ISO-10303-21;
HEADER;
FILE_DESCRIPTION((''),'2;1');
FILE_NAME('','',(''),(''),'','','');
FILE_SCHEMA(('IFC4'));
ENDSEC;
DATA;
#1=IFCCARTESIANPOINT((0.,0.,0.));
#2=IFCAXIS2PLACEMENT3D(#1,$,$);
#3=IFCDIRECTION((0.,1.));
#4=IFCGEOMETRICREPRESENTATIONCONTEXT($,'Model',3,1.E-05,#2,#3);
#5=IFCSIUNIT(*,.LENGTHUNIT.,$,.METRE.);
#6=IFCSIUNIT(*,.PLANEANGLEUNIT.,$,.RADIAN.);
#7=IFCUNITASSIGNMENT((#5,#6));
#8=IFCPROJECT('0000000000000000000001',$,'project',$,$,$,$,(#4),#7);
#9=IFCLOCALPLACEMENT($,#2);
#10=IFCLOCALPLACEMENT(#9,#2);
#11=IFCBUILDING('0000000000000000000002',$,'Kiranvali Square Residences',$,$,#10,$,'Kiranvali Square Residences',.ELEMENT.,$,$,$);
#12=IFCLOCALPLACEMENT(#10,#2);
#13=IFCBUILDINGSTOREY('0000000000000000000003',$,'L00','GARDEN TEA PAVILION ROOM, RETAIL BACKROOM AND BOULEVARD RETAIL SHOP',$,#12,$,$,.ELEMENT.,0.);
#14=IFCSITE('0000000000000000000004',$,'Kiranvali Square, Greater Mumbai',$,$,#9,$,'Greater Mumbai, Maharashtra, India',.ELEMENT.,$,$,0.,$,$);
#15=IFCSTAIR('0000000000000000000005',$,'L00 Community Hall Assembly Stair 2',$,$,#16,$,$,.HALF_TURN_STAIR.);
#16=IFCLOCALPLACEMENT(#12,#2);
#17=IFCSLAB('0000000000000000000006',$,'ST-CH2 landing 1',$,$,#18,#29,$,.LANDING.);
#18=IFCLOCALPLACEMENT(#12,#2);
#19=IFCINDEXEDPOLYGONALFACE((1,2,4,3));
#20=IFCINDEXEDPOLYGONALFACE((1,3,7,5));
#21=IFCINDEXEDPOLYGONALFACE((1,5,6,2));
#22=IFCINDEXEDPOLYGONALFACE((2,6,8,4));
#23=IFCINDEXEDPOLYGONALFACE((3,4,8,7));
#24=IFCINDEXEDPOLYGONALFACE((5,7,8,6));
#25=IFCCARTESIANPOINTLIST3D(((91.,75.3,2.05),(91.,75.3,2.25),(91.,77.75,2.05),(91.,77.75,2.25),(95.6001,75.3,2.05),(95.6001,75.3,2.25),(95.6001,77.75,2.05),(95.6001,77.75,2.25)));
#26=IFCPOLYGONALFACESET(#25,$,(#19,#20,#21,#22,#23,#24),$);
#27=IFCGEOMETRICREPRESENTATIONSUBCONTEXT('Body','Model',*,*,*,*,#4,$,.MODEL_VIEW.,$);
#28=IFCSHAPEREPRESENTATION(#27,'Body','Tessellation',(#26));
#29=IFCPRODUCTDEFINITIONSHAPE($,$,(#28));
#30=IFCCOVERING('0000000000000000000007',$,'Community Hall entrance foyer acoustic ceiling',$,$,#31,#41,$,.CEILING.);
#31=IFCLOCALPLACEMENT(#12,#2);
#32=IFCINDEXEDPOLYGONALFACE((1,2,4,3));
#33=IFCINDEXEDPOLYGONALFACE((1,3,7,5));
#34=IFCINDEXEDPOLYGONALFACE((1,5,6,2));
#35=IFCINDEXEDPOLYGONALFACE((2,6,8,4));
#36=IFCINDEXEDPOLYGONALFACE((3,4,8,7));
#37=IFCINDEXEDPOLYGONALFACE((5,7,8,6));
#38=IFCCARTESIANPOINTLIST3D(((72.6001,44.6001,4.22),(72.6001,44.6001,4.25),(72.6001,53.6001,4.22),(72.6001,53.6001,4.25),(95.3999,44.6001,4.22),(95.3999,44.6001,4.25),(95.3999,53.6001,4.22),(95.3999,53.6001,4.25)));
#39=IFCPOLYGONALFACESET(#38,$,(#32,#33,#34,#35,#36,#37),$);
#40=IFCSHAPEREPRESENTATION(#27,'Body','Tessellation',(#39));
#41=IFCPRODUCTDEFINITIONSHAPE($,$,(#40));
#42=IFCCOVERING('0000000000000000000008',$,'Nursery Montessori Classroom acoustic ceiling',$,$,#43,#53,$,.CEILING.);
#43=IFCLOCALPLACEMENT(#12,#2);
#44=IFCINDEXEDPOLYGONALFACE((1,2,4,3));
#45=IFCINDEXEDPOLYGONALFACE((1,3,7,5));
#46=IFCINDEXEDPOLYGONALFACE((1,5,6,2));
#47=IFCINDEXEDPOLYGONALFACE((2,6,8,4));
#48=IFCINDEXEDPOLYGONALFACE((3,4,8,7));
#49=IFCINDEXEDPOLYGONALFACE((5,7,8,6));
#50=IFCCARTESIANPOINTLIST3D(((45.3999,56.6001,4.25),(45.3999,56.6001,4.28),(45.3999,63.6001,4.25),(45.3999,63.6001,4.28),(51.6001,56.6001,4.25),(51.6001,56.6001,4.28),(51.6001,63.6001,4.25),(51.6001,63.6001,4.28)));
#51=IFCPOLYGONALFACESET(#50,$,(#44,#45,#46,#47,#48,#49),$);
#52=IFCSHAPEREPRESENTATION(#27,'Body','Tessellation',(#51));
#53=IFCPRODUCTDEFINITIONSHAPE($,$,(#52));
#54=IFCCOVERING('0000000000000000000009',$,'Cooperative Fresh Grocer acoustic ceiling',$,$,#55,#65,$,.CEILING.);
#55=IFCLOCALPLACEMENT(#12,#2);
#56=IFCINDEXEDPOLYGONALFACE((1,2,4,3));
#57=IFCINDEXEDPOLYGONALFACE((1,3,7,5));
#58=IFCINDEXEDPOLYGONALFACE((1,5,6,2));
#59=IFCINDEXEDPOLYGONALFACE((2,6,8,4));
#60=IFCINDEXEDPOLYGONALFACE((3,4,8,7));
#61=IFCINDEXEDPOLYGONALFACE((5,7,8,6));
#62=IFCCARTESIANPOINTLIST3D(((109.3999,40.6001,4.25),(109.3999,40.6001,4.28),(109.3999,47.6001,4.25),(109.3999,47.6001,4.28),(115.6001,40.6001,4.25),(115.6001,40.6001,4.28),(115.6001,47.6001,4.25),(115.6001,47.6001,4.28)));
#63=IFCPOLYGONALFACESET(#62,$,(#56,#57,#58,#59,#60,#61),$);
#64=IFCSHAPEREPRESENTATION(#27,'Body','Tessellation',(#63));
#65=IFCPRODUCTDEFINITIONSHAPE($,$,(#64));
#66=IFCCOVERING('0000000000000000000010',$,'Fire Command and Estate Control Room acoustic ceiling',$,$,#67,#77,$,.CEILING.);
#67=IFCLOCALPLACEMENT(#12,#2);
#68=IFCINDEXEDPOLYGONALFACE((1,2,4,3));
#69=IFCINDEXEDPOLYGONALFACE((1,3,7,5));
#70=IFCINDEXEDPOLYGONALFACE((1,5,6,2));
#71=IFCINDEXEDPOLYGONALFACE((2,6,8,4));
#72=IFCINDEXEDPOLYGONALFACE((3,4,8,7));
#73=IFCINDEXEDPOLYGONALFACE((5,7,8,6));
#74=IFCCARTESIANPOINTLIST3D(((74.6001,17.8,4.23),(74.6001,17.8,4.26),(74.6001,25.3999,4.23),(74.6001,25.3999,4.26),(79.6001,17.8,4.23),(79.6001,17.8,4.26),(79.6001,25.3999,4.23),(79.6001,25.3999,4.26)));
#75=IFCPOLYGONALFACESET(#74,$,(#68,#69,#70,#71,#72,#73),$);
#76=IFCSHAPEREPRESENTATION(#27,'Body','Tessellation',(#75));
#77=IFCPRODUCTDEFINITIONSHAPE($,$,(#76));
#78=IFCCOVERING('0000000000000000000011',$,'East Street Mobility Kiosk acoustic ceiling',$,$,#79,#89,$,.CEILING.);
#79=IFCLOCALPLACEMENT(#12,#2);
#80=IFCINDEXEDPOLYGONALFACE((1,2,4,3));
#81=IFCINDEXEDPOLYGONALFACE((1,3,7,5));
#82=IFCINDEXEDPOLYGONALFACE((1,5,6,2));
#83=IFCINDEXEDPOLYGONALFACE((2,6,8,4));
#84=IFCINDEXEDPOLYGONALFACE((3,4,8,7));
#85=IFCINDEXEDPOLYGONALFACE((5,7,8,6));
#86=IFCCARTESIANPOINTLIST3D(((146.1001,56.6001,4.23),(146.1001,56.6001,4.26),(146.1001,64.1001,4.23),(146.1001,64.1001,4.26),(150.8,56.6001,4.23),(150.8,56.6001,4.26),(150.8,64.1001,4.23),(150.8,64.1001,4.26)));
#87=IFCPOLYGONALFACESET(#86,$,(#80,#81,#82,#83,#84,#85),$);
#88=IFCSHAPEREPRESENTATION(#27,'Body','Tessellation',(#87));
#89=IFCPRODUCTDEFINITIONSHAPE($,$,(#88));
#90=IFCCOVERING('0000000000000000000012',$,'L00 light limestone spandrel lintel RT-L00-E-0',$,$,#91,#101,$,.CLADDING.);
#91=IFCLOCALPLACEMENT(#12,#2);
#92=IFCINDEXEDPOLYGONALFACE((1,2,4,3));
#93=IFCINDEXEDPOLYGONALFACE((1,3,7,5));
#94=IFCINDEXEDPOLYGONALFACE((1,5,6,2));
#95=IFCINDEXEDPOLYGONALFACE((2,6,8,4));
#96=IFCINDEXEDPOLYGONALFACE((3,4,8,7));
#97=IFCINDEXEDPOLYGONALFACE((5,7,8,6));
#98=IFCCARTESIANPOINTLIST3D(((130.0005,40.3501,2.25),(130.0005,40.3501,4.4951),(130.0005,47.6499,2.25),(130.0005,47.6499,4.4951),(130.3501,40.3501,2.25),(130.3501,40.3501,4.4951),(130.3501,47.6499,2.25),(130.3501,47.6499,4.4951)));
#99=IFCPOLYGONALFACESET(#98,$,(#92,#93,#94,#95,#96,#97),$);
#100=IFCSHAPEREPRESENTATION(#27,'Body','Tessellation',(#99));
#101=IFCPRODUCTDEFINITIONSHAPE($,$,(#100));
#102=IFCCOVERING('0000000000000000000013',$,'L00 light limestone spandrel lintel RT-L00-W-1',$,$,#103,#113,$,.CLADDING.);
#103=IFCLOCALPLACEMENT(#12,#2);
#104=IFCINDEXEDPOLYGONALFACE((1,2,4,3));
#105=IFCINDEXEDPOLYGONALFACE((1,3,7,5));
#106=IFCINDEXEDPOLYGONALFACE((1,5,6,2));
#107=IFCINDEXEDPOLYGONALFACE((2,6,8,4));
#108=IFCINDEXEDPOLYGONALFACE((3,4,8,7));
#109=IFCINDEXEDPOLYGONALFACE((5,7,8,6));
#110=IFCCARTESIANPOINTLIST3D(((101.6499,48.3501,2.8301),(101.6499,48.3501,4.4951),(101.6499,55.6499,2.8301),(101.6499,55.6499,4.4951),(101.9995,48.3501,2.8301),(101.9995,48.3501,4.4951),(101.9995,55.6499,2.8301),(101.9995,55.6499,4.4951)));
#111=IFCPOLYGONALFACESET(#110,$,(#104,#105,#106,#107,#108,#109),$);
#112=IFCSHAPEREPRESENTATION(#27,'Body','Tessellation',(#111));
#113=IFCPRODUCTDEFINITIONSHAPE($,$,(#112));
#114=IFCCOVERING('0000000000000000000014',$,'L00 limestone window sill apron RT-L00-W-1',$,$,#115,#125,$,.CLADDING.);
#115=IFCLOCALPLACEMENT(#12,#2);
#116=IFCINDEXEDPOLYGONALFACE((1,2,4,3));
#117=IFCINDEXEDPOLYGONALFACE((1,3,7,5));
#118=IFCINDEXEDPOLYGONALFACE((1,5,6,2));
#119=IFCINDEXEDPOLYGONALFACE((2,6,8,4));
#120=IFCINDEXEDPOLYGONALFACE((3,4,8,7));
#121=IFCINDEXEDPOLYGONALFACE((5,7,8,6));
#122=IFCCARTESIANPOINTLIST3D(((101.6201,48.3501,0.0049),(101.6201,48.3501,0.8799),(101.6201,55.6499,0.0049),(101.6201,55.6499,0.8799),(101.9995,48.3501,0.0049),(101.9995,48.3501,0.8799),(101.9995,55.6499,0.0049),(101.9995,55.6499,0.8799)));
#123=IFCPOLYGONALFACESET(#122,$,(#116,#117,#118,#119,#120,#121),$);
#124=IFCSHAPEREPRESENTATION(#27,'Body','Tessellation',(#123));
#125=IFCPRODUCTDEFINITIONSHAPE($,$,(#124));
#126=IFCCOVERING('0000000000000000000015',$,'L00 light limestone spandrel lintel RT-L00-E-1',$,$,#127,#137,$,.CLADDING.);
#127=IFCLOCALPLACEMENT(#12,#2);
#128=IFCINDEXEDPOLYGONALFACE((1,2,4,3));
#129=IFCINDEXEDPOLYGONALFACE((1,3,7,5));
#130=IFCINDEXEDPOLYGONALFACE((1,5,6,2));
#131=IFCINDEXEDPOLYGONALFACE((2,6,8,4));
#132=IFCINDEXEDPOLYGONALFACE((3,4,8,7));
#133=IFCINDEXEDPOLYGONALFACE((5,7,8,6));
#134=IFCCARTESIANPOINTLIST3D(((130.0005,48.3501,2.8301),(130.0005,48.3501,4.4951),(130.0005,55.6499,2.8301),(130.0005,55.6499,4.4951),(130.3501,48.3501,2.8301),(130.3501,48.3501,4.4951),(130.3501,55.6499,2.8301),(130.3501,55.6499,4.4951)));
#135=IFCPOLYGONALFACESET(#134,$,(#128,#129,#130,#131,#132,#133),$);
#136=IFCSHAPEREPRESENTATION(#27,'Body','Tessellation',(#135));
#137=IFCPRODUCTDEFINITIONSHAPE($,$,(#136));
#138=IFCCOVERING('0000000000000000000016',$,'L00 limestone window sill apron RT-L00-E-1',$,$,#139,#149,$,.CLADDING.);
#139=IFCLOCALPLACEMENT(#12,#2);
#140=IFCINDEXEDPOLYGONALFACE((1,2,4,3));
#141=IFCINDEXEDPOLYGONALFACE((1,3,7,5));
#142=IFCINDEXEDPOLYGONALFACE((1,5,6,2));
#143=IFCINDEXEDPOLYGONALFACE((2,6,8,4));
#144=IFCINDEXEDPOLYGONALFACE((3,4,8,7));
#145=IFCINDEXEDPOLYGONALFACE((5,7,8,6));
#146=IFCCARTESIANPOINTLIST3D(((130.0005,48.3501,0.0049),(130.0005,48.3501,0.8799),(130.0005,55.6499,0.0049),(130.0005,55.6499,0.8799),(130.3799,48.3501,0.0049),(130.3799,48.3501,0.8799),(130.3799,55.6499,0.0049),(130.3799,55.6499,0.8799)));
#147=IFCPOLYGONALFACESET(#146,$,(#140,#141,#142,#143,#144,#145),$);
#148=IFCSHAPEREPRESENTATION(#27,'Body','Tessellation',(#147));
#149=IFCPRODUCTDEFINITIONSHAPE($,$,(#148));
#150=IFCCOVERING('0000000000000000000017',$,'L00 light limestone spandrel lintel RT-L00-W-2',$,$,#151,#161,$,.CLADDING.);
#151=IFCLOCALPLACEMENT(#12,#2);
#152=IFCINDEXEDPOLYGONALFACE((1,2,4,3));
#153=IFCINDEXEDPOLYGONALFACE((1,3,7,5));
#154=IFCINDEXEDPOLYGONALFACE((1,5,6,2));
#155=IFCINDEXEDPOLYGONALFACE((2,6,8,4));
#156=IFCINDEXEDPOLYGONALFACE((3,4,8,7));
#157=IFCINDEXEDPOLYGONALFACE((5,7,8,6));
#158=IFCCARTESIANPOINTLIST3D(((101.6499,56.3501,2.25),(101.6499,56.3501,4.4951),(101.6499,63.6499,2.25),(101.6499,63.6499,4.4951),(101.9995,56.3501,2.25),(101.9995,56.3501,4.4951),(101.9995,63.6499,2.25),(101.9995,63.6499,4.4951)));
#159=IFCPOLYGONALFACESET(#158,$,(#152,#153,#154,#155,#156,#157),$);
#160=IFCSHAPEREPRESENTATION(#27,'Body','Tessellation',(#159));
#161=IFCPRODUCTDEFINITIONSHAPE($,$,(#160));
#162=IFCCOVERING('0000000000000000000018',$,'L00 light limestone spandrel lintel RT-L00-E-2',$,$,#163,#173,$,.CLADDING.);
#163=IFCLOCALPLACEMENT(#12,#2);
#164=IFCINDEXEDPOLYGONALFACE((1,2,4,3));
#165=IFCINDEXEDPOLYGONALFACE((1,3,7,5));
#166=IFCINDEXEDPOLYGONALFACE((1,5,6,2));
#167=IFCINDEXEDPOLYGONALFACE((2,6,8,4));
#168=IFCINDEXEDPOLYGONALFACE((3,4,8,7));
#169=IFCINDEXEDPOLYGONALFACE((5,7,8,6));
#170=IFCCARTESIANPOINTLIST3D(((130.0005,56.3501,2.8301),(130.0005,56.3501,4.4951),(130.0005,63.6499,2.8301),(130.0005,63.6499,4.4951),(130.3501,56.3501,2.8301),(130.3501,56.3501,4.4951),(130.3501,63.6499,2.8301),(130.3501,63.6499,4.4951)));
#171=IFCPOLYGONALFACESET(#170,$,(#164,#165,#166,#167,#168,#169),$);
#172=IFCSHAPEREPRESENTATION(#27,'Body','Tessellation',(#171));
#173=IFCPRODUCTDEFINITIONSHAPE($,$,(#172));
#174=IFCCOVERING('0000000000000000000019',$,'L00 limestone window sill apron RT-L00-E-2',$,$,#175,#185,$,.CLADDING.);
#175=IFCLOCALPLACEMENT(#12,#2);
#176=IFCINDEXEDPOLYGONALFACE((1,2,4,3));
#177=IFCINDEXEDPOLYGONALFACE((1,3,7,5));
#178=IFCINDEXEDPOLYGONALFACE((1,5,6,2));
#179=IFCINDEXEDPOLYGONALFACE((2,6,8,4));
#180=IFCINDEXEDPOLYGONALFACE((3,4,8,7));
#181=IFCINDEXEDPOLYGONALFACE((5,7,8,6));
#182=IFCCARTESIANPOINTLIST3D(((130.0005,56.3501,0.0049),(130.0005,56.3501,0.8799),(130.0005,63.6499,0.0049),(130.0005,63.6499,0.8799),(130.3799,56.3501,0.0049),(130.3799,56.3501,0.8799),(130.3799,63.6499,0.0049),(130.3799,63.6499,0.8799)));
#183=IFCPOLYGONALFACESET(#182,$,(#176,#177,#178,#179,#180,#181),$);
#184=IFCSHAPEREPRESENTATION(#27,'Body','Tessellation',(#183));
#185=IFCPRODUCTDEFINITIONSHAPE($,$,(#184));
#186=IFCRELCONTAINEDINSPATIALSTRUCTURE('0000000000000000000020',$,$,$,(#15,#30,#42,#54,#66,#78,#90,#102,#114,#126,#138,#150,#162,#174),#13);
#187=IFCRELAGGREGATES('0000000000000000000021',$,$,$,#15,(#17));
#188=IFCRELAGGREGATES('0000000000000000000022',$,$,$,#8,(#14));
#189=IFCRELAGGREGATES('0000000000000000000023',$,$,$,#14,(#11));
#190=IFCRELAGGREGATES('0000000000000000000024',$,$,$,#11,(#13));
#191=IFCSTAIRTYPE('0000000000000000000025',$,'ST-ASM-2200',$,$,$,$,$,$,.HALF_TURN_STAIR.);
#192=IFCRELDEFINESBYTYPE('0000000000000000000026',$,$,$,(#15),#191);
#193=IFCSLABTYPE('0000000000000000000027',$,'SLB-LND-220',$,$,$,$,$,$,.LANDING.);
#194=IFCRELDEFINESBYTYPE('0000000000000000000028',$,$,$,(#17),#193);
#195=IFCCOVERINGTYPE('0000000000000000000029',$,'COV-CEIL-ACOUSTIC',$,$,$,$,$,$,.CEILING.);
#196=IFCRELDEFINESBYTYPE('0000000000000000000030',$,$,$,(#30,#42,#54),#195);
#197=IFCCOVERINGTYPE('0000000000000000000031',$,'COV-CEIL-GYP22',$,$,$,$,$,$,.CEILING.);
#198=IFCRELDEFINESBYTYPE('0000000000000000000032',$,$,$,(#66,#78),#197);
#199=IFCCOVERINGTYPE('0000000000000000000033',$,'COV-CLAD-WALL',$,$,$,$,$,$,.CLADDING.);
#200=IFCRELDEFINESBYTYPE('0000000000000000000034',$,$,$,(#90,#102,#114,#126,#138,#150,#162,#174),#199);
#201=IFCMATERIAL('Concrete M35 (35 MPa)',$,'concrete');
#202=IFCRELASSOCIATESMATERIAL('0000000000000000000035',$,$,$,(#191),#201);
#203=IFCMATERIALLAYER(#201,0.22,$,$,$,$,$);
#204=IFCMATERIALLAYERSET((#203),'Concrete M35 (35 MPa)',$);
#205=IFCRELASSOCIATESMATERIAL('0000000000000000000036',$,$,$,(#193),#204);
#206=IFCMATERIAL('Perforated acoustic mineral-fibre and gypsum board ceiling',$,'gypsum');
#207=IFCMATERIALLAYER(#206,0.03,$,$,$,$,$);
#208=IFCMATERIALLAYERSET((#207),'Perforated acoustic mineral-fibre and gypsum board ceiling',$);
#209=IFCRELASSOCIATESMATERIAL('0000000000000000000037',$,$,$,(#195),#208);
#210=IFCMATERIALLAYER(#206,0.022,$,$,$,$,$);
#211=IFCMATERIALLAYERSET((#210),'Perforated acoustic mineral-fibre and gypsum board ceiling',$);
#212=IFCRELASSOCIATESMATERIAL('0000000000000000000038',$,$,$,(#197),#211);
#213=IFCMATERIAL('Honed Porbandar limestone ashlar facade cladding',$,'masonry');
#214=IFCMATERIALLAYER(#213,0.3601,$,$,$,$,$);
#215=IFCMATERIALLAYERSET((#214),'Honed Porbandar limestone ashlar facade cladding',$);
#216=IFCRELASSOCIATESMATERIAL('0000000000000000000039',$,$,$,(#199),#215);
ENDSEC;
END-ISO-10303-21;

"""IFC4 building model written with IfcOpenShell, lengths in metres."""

from ifc_helpers import new_model, si_unit, direction, frame, origin, place, context, subcontext, project, spatial, polyline, outline, extrude, material, layer, layer_set, type_object, element, aggregate, save


model = new_model("IFC4")

# Units and contexts
model_context = context("Model", 3, precision=1e-05, world=origin(), true_north=direction((0.0, 1.0)))
body_context = subcontext(model_context, "Body", "Model", "MODEL_VIEW")
ifc_project = project(units=[si_unit("LENGTHUNIT", "METRE"), si_unit("PLANEANGLEUNIT", "RADIAN")], contexts=[model_context])

# Site, building, storey
site_placement = place(None, origin())
site = spatial("IfcSite", under=ifc_project, at=site_placement, Name="Kiranvali Square, Greater Mumbai", LongName="Greater Mumbai, Maharashtra, India", CompositionType="ELEMENT", RefElevation=0.0)
building_placement = place(site_placement, origin())
building = spatial("IfcBuilding", under=site, at=building_placement, Name="Kiranvali Square Residences", LongName="Kiranvali Square Residences", CompositionType="ELEMENT")
storey_placement = place(building_placement, origin())
storey = spatial("IfcBuildingStorey", under=building, at=storey_placement, Name="L00", Description="GARDEN TEA PAVILION ROOM, RETAIL BACKROOM AND BOULEVARD RETAIL SHOP", CompositionType="ELEMENT", Elevation=0.0)

# Shared definitions
ifc_material_1 = material(Name="Honed Porbandar limestone ashlar facade cladding", Category="masonry")

# Stair, slab
ifc_material_2 = material(Name="Concrete M35 (35 MPa)", Category="concrete")
stair_type_1 = type_object("IfcStairType", Name="ST-ASM-2200", PredefinedType="HALF_TURN_STAIR", material=ifc_material_2)
ifc_layer_1 = layer(ifc_material_2, 0.22)
ifc_layer_set_1 = layer_set([ifc_layer_1], Name="Concrete M35 (35 MPa)")
slab_type_1 = type_object("IfcSlabType", Name="SLB-LND-220", PredefinedType="LANDING", material=ifc_layer_set_1)
stair_1_placement = place(storey_placement, origin())
stair_1 = element("IfcStair", 1, at=stair_1_placement, inside=storey, type_object=stair_type_1, Name="L00 Community Hall Assembly Stair 2", PredefinedType="HALF_TURN_STAIR")
slab_1_placement = place(storey_placement, frame((0.0, 0.0, 2.05)))
slab_1 = element("IfcSlab", 2, at=slab_1_placement, type_object=slab_type_1, Name="ST-CH2 landing 1", PredefinedType="LANDING", context=body_context, shape_type="SweptSolid", body=[
    extrude(outline(polyline([(91.0, 77.75), (91.0, 75.3), (95.6001, 75.3), (95.6001, 77.75), (91.0, 77.75)])), origin(), (0.0, 0.0, 1.0), 0.2),
])
aggregate(stair_1, [slab_1])

# Coverings
ifc_material_3 = material(Name="Perforated acoustic mineral-fibre and gypsum board ceiling", Category="gypsum")
ifc_layer_2 = layer(ifc_material_3, 0.03)
ifc_layer_set_2 = layer_set([ifc_layer_2], Name="Perforated acoustic mineral-fibre and gypsum board ceiling")
covering_type_1 = type_object("IfcCoveringType", Name="COV-CEIL-ACOUSTIC", PredefinedType="CEILING", material=ifc_layer_set_2)
covering_1_placement = place(storey_placement, frame((0.0, 0.0, 4.22)))
element("IfcCovering", 3, at=covering_1_placement, inside=storey, type_object=covering_type_1, Name="Community Hall entrance foyer acoustic ceiling", PredefinedType="CEILING", context=body_context, shape_type="SweptSolid", body=[
    extrude(outline(polyline([(72.6001, 44.6001), (95.3999, 44.6001), (95.3999, 53.6001), (72.6001, 53.6001), (72.6001, 44.6001)])), origin(), (0.0, 0.0, 1.0), 0.03),
])
covering_2_placement = place(storey_placement, frame((0.0, 0.0, 4.25)))
element("IfcCovering", 4, at=covering_2_placement, inside=storey, type_object=covering_type_1, Name="Nursery Montessori Classroom acoustic ceiling", PredefinedType="CEILING", context=body_context, shape_type="SweptSolid", body=[
    extrude(outline(polyline([(45.3999, 56.6001), (51.6001, 56.6001), (51.6001, 63.6001), (45.3999, 63.6001), (45.3999, 56.6001)])), origin(), (0.0, 0.0, 1.0), 0.03),
])
covering_3_placement = place(storey_placement, frame((0.0, 0.0, 4.25)))
element("IfcCovering", 5, at=covering_3_placement, inside=storey, type_object=covering_type_1, Name="Cooperative Fresh Grocer acoustic ceiling", PredefinedType="CEILING", context=body_context, shape_type="SweptSolid", body=[
    extrude(outline(polyline([(109.3999, 40.6001), (115.6001, 40.6001), (115.6001, 47.6001), (109.3999, 47.6001), (109.3999, 40.6001)])), origin(), (0.0, 0.0, 1.0), 0.03),
])
ifc_layer_3 = layer(ifc_material_3, 0.022)
ifc_layer_set_3 = layer_set([ifc_layer_3], Name="Perforated acoustic mineral-fibre and gypsum board ceiling")
covering_type_2 = type_object("IfcCoveringType", Name="COV-CEIL-GYP22", PredefinedType="CEILING", material=ifc_layer_set_3)
covering_4_placement = place(storey_placement, frame((0.0, 0.0, 4.23)))
element("IfcCovering", 6, at=covering_4_placement, inside=storey, type_object=covering_type_2, Name="Fire Command and Estate Control Room acoustic ceiling", PredefinedType="CEILING", context=body_context, shape_type="SweptSolid", body=[
    extrude(outline(polyline([(74.6001, 17.8), (79.6001, 17.8), (79.6001, 25.3999), (74.6001, 25.3999), (74.6001, 17.8)])), origin(), (0.0, 0.0, 1.0), 0.03),
])
covering_5_placement = place(storey_placement, frame((0.0, 0.0, 4.23)))
element("IfcCovering", 7, at=covering_5_placement, inside=storey, type_object=covering_type_2, Name="East Street Mobility Kiosk acoustic ceiling", PredefinedType="CEILING", context=body_context, shape_type="SweptSolid", body=[
    extrude(outline(polyline([(146.1001, 56.6001), (150.8, 56.6001), (150.8, 64.1001), (146.1001, 64.1001), (146.1001, 56.6001)])), origin(), (0.0, 0.0, 1.0), 0.03),
])
ifc_layer_4 = layer(ifc_material_1, 0.3601)
ifc_layer_set_4 = layer_set([ifc_layer_4], Name="Honed Porbandar limestone ashlar facade cladding")
covering_type_3 = type_object("IfcCoveringType", Name="COV-CLAD-WALL", PredefinedType="CLADDING", material=ifc_layer_set_4)
covering_6_placement = place(storey_placement, frame((0.0, 0.0, 2.25)))
element("IfcCovering", 8, at=covering_6_placement, inside=storey, type_object=covering_type_3, Name="L00 light limestone spandrel lintel RT-L00-E-0", PredefinedType="CLADDING", context=body_context, shape_type="SweptSolid", body=[
    extrude(outline(polyline([(130.3501, 40.3501), (130.3501, 47.6499), (130.0005, 47.6499), (130.0005, 40.3501), (130.3501, 40.3501)])), origin(), (0.0, 0.0, 1.0), 2.2451),
])
covering_7_placement = place(storey_placement, frame((0.0, 0.0, 2.8301)))
element("IfcCovering", 9, at=covering_7_placement, inside=storey, type_object=covering_type_3, Name="L00 light limestone spandrel lintel RT-L00-W-1", PredefinedType="CLADDING", context=body_context, shape_type="SweptSolid", body=[
    extrude(outline(polyline([(101.9995, 48.3501), (101.9995, 55.6499), (101.6499, 55.6499), (101.6499, 48.3501), (101.9995, 48.3501)])), origin(), (0.0, 0.0, 1.0), 1.665),
])
covering_8_placement = place(storey_placement, frame((0.0, 0.0, 0.0049)))
element("IfcCovering", 10, at=covering_8_placement, inside=storey, type_object=covering_type_3, Name="L00 limestone window sill apron RT-L00-W-1", PredefinedType="CLADDING", context=body_context, shape_type="SweptSolid", body=[
    extrude(outline(polyline([(101.9995, 48.3501), (101.9995, 55.6499), (101.6201, 55.6499), (101.6201, 48.3501), (101.9995, 48.3501)])), origin(), (0.0, 0.0, 1.0), 0.875),
])
covering_9_placement = place(storey_placement, frame((0.0, 0.0, 2.8301)))
element("IfcCovering", 11, at=covering_9_placement, inside=storey, type_object=covering_type_3, Name="L00 light limestone spandrel lintel RT-L00-E-1", PredefinedType="CLADDING", context=body_context, shape_type="SweptSolid", body=[
    extrude(outline(polyline([(130.3501, 48.3501), (130.3501, 55.6499), (130.0005, 55.6499), (130.0005, 48.3501), (130.3501, 48.3501)])), origin(), (0.0, 0.0, 1.0), 1.665),
])
covering_10_placement = place(storey_placement, frame((0.0, 0.0, 0.0049)))
element("IfcCovering", 12, at=covering_10_placement, inside=storey, type_object=covering_type_3, Name="L00 limestone window sill apron RT-L00-E-1", PredefinedType="CLADDING", context=body_context, shape_type="SweptSolid", body=[
    extrude(outline(polyline([(130.3799, 48.3501), (130.3799, 55.6499), (130.0005, 55.6499), (130.0005, 48.3501), (130.3799, 48.3501)])), origin(), (0.0, 0.0, 1.0), 0.875),
])
covering_11_placement = place(storey_placement, frame((0.0, 0.0, 2.25)))
element("IfcCovering", 13, at=covering_11_placement, inside=storey, type_object=covering_type_3, Name="L00 light limestone spandrel lintel RT-L00-W-2", PredefinedType="CLADDING", context=body_context, shape_type="SweptSolid", body=[
    extrude(outline(polyline([(101.9995, 56.3501), (101.9995, 63.6499), (101.6499, 63.6499), (101.6499, 56.3501), (101.9995, 56.3501)])), origin(), (0.0, 0.0, 1.0), 2.2451),
])
covering_12_placement = place(storey_placement, frame((0.0, 0.0, 2.8301)))
element("IfcCovering", 14, at=covering_12_placement, inside=storey, type_object=covering_type_3, Name="L00 light limestone spandrel lintel RT-L00-E-2", PredefinedType="CLADDING", context=body_context, shape_type="SweptSolid", body=[
    extrude(outline(polyline([(130.3501, 56.3501), (130.3501, 63.6499), (130.0005, 63.6499), (130.0005, 56.3501), (130.3501, 56.3501)])), origin(), (0.0, 0.0, 1.0), 1.665),
])
covering_13_placement = place(storey_placement, frame((0.0, 0.0, 0.0049)))
element("IfcCovering", 15, at=covering_13_placement, inside=storey, type_object=covering_type_3, Name="L00 limestone window sill apron RT-L00-E-2", PredefinedType="CLADDING", context=body_context, shape_type="SweptSolid", body=[
    extrude(outline(polyline([(130.3799, 56.3501), (130.3799, 63.6499), (130.0005, 63.6499), (130.0005, 56.3501), (130.3799, 56.3501)])), origin(), (0.0, 0.0, 1.0), 0.875),
])

save(model, "model.ifc")
